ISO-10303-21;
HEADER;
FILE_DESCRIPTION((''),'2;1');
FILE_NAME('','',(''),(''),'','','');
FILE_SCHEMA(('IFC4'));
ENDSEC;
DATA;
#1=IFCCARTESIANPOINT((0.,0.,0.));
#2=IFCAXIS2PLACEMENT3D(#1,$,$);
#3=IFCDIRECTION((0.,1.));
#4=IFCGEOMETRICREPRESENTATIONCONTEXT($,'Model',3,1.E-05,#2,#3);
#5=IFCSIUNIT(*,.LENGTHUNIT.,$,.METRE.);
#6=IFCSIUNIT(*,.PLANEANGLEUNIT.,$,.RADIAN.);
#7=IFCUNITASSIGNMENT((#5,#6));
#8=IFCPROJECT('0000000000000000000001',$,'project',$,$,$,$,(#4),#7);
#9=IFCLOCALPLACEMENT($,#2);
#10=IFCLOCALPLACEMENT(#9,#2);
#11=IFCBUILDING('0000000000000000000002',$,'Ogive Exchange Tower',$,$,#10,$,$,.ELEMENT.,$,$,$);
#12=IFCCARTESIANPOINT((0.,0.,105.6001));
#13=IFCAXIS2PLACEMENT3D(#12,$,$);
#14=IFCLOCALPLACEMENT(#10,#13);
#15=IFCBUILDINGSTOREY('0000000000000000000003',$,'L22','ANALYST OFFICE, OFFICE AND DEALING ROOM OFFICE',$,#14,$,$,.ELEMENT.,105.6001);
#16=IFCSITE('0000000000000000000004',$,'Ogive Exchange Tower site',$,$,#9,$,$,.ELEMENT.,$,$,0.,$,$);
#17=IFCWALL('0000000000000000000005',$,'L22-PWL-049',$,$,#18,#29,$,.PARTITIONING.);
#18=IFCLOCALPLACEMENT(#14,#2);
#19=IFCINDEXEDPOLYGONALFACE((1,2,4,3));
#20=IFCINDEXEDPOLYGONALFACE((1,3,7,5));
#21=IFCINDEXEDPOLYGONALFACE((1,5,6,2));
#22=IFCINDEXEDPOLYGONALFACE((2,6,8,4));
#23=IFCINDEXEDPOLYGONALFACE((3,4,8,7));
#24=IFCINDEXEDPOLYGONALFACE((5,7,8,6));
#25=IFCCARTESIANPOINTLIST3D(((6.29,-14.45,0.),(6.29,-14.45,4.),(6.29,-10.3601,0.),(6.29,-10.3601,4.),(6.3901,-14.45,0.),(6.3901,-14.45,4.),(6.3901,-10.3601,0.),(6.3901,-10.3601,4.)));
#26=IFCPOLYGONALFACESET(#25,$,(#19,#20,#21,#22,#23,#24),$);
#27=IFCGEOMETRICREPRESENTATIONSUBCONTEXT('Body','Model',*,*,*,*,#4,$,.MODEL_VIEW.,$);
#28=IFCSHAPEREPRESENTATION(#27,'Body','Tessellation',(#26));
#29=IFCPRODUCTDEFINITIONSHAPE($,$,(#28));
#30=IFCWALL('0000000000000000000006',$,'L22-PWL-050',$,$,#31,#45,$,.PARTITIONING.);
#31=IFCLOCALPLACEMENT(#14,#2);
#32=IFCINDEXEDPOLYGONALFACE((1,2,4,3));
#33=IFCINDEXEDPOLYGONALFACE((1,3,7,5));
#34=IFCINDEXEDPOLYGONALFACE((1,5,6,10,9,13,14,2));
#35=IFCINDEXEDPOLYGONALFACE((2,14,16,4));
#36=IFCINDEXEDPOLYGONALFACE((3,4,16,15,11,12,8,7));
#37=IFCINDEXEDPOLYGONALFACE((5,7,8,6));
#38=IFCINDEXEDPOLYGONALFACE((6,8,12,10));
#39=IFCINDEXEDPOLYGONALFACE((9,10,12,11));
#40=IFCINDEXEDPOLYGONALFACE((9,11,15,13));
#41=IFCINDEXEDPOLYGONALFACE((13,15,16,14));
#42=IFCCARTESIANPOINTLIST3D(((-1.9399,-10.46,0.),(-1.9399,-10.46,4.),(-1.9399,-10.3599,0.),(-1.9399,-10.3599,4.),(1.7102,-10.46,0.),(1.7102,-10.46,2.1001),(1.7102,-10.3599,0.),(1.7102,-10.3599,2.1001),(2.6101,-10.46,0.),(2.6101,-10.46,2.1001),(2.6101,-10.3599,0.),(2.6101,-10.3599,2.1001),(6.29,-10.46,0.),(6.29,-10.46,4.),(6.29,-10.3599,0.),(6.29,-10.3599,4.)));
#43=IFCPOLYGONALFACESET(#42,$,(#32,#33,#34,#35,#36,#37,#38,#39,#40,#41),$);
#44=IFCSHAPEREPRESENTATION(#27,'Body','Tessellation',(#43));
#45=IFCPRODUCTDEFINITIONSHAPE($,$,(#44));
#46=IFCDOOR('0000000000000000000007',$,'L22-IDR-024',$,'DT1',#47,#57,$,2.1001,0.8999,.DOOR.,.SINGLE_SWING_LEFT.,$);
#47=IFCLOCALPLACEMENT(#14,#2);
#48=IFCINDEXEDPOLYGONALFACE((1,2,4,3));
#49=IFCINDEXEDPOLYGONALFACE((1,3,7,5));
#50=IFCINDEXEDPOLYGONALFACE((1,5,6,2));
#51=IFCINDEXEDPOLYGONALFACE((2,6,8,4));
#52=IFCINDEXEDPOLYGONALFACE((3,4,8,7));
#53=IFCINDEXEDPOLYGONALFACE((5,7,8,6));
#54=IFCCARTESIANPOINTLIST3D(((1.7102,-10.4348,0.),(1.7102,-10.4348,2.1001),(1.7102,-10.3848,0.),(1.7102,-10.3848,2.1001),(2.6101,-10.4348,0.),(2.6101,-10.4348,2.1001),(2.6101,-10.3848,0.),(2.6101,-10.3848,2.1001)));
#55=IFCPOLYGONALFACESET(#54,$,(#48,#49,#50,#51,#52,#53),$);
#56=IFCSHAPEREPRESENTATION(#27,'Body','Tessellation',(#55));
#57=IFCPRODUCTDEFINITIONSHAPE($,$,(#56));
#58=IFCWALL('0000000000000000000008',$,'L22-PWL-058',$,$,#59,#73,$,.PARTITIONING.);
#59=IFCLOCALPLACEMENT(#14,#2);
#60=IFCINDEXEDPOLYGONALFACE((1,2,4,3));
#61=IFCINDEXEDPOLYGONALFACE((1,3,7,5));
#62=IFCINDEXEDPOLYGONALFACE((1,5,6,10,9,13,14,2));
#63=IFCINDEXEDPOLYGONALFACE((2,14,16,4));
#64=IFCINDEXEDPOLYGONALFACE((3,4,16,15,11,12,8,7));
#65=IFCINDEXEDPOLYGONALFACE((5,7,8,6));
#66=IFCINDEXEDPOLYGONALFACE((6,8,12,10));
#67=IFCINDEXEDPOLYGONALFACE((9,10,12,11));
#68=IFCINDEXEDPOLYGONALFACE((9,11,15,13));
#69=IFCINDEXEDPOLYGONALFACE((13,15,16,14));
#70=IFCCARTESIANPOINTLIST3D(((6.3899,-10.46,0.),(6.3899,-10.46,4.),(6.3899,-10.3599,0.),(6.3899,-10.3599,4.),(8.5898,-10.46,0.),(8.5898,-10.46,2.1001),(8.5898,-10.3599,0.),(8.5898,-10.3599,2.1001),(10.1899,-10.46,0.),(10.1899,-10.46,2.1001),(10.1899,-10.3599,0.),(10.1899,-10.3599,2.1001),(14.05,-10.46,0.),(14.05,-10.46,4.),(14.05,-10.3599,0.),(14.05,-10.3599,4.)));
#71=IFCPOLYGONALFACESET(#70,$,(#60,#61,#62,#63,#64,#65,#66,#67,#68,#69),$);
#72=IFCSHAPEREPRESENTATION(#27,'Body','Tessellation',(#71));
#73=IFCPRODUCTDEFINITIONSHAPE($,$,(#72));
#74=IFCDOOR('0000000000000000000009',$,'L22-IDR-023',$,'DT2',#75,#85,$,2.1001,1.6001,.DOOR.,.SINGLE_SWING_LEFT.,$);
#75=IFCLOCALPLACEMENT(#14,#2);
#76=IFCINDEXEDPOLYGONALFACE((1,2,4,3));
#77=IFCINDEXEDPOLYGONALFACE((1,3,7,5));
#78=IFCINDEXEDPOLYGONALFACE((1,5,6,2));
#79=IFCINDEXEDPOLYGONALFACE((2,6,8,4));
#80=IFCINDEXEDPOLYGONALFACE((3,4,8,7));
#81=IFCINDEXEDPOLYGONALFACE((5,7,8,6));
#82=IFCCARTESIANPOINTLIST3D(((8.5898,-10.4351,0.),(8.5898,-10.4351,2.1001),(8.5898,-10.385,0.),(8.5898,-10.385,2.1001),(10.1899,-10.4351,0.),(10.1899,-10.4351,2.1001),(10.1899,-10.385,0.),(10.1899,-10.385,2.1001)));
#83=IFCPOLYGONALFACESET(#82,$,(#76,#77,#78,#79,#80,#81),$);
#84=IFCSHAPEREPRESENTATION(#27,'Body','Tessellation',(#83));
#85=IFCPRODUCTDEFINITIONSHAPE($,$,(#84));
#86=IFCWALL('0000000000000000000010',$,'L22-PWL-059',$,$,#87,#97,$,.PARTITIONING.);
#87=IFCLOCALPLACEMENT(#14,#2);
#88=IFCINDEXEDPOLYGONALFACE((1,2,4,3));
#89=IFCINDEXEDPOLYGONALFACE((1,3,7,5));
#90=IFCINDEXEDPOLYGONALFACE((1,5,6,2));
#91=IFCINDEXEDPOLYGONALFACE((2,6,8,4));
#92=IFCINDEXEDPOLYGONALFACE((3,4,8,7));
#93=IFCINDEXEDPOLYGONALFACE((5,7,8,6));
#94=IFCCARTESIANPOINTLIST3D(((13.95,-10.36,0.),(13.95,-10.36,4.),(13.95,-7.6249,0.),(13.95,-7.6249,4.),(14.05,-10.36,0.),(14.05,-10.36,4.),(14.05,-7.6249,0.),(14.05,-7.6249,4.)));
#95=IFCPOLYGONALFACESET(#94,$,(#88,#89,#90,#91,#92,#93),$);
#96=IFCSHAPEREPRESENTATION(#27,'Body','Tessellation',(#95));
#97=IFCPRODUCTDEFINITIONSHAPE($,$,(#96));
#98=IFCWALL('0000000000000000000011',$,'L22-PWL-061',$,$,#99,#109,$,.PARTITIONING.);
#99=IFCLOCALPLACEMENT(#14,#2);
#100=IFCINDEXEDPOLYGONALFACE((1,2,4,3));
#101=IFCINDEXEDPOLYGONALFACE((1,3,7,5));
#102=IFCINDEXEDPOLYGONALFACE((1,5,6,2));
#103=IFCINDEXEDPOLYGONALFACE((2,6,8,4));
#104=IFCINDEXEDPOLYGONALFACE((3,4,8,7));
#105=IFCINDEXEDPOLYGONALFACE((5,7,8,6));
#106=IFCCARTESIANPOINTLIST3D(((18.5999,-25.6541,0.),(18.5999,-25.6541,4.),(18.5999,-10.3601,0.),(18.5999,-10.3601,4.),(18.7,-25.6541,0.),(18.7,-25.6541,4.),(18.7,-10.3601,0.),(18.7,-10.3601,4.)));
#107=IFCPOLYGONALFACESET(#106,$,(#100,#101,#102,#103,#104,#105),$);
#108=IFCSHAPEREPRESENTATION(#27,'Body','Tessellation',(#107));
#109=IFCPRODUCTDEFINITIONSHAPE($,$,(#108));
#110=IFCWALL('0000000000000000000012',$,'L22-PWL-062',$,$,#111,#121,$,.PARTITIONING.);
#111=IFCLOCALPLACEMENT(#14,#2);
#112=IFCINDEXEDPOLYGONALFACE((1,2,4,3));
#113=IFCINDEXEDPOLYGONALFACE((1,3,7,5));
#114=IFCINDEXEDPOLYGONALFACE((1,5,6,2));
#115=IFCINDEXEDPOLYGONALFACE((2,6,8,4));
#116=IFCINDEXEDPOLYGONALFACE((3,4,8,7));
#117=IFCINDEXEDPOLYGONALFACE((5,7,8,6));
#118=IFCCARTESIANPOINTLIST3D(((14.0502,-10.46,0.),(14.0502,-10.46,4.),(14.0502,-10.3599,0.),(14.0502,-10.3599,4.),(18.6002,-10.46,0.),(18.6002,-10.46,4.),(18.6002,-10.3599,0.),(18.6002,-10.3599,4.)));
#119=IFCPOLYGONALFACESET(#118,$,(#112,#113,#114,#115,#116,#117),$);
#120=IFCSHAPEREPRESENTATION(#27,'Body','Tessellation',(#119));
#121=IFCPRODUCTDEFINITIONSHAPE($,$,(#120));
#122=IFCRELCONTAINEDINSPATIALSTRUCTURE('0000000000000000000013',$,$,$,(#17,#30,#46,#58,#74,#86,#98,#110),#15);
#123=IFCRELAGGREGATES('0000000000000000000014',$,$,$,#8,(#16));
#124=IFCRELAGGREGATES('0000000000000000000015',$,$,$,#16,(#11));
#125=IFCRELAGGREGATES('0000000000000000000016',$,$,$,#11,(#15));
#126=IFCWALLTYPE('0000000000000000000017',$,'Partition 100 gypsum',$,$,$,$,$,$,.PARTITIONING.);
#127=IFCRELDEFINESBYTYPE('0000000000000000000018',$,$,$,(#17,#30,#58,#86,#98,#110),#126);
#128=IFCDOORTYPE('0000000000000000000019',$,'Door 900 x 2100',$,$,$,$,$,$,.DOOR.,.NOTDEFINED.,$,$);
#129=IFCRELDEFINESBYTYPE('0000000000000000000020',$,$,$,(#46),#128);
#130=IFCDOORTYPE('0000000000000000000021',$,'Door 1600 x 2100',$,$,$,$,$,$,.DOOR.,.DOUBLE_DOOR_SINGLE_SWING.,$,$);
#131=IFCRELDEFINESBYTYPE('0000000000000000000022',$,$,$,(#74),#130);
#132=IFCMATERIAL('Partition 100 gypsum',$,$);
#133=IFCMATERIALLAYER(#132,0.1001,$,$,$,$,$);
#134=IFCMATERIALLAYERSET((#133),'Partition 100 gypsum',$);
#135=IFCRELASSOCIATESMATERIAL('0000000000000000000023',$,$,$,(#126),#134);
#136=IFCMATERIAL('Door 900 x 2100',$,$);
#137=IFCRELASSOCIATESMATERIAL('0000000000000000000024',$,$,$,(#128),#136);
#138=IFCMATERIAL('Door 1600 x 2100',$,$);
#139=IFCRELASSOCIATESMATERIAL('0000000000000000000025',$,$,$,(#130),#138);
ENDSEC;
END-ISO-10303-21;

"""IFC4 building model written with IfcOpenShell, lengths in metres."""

from ifc_helpers import new_model, si_unit, direction, frame, frame_2d, origin, place, context, subcontext, project, spatial, rectangle, extrude, material, layer, layer_set, type_object, element, fill, save


model = new_model("IFC4")

# Units and contexts
model_context = context("Model", 3, precision=1e-05, world=origin(), true_north=direction((0.0, 1.0)))
body_context = subcontext(model_context, "Body", "Model", "MODEL_VIEW")
ifc_project = project(units=[si_unit("LENGTHUNIT", "METRE"), si_unit("PLANEANGLEUNIT", "RADIAN")], contexts=[model_context])

# Site, building, storey
site_placement = place(None, origin())
site = spatial("IfcSite", under=ifc_project, at=site_placement, Name="Ogive Exchange Tower site", CompositionType="ELEMENT", RefElevation=0.0)
building_placement = place(site_placement, origin())
building = spatial("IfcBuilding", under=site, at=building_placement, Name="Ogive Exchange Tower", CompositionType="ELEMENT")
storey_placement = place(building_placement, frame((0.0, 0.0, 105.6001)))
storey = spatial("IfcBuildingStorey", under=building, at=storey_placement, Name="L22", Description="ANALYST OFFICE, OFFICE AND DEALING ROOM OFFICE", CompositionType="ELEMENT", Elevation=105.6001)

# Wall
ifc_material_1 = material(Name="Partition 100 gypsum")
ifc_layer_1 = layer(ifc_material_1, 0.1001)
ifc_layer_set_1 = layer_set([ifc_layer_1], Name="Partition 100 gypsum")
wall_type_1 = type_object("IfcWallType", Name="Partition 100 gypsum", PredefinedType="PARTITIONING", material=ifc_layer_set_1)
wall_1_placement = place(storey_placement, frame((6.3401, -14.45, 0.0), z_axis=(0.0, 0.0, 1.0), x_axis=(0.0, 1.0, 0.0)))
element("IfcWall", 1, at=wall_1_placement, inside=storey, type_object=wall_type_1, Name="L22-PWL-049", PredefinedType="PARTITIONING", context=body_context, shape_type="SweptSolid", body=[
    extrude(rectangle(XDim=4.0898, YDim=0.1001, at=frame_2d((2.0449, 0.0))), origin(), (0.0, 0.0, 1.0), 4.0),
])

# Walls, openings, doors
wall_2_placement = place(storey_placement, frame((6.29, -10.4099, 0.0), z_axis=(0.0, 0.0, 1.0), x_axis=(-1.0, 0.0, 0.0)))
wall_2 = element("IfcWall", 2, at=wall_2_placement, inside=storey, type_object=wall_type_1, Name="L22-PWL-050", PredefinedType="PARTITIONING", context=body_context, shape_type="SweptSolid", body=[
    extrude(rectangle(XDim=8.23, YDim=0.1001, at=frame_2d((4.115, 0.0))), origin(), (0.0, 0.0, 1.0), 4.0),
])
opening_1_placement = place(wall_2_placement, frame((3.6799, 0.0, 0.0)))
opening_1 = element("IfcOpeningElement", 3, at=opening_1_placement, cuts=wall_2, PredefinedType="OPENING", context=body_context, shape_type="SweptSolid", body=[
    extrude(rectangle(XDim=0.8999, YDim=2.1001, at=frame_2d((0.45, 1.05))), frame((0.0, 0.0601, 0.0), z_axis=(0.0, -1.0, 0.0), x_axis=(1.0, 0.0, 0.0)), (0.0, 0.0, 1.0), 0.1201),
])
ifc_material_2 = material(Name="Door 900 x 2100")
door_type_1 = type_object("IfcDoorType", Name="Door 900 x 2100", OperationType="NOTDEFINED", PredefinedType="DOOR", material=ifc_material_2)
door_1_placement = place(opening_1_placement, origin())
door_1 = element("IfcDoor", 4, at=door_1_placement, inside=storey, type_object=door_type_1, Name="L22-IDR-024", ObjectType="DT1", OperationType="SINGLE_SWING_LEFT", OverallHeight=2.1001, OverallWidth=0.8999, PredefinedType="DOOR", context=body_context, shape_type="SweptSolid", body=[
    extrude(rectangle(XDim=0.8999, YDim=2.1001, at=frame_2d((0.45, 1.05))), frame((0.0, 0.0249, 0.0), z_axis=(0.0, -1.0, 0.0), x_axis=(1.0, 0.0, 0.0)), (0.0, 0.0, 1.0), 0.05),
])
fill(opening_1, door_1)
wall_3_placement = place(storey_placement, frame((14.05, -10.4099, 0.0), z_axis=(0.0, 0.0, 1.0), x_axis=(-1.0, 0.0, 0.0)))
wall_3 = element("IfcWall", 5, at=wall_3_placement, inside=storey, type_object=wall_type_1, Name="L22-PWL-058", PredefinedType="PARTITIONING", context=body_context, shape_type="SweptSolid", body=[
    extrude(rectangle(XDim=7.6602, YDim=0.1001, at=frame_2d((3.8301, 0.0))), origin(), (0.0, 0.0, 1.0), 4.0),
])
opening_2_placement = place(wall_3_placement, frame((3.8601, 0.0, 0.0)))
opening_2 = element("IfcOpeningElement", 6, at=opening_2_placement, cuts=wall_3, PredefinedType="OPENING", context=body_context, shape_type="SweptSolid", body=[
    extrude(rectangle(XDim=1.6001, YDim=2.1001, at=frame_2d((0.8, 1.05))), frame((0.0, 0.0601, 0.0), z_axis=(0.0, -1.0, 0.0), x_axis=(1.0, 0.0, 0.0)), (0.0, 0.0, 1.0), 0.1201),
])
ifc_material_3 = material(Name="Door 1600 x 2100")
door_type_2 = type_object("IfcDoorType", Name="Door 1600 x 2100", OperationType="DOUBLE_DOOR_SINGLE_SWING", PredefinedType="DOOR", material=ifc_material_3)
door_2_placement = place(opening_2_placement, frame((1.6001, 0.0, 0.0), z_axis=(0.0, 0.0, 1.0), x_axis=(-1.0, 0.0, 0.0)))
door_2 = element("IfcDoor", 7, at=door_2_placement, inside=storey, type_object=door_type_2, Name="L22-IDR-023", ObjectType="DT2", OperationType="SINGLE_SWING_LEFT", OverallHeight=2.1001, OverallWidth=1.6001, PredefinedType="DOOR", context=body_context, shape_type="SweptSolid", body=[
    extrude(rectangle(XDim=1.6001, YDim=2.1001, at=frame_2d((0.8, 1.05))), frame((0.0, 0.0249, 0.0), z_axis=(0.0, -1.0, 0.0), x_axis=(1.0, 0.0, 0.0)), (0.0, 0.0, 1.0), 0.05),
])
fill(opening_2, door_2)

# Walls
wall_4_placement = place(storey_placement, frame((14.0, -10.3601, 0.0), z_axis=(0.0, 0.0, 1.0), x_axis=(0.0, 1.0, 0.0)))
element("IfcWall", 8, at=wall_4_placement, inside=storey, type_object=wall_type_1, Name="L22-PWL-059", PredefinedType="PARTITIONING", context=body_context, shape_type="SweptSolid", body=[
    extrude(rectangle(XDim=2.7351, YDim=0.1001, at=frame_2d((1.3677, 0.0))), origin(), (0.0, 0.0, 1.0), 4.0),
])
wall_5_placement = place(storey_placement, frame((18.6499, -25.6541, 0.0), z_axis=(0.0, 0.0, 1.0), x_axis=(0.0, 1.0, 0.0)))
element("IfcWall", 9, at=wall_5_placement, inside=storey, type_object=wall_type_1, Name="L22-PWL-061", PredefinedType="PARTITIONING", context=body_context, shape_type="SweptSolid", body=[
    extrude(rectangle(XDim=15.2939, YDim=0.1001, at=frame_2d((7.647, 0.0))), origin(), (0.0, 0.0, 1.0), 4.0),
])
wall_6_placement = place(storey_placement, frame((18.6001, -10.4099, 0.0), z_axis=(0.0, 0.0, 1.0), x_axis=(-1.0, 0.0, 0.0)))
element("IfcWall", 10, at=wall_6_placement, inside=storey, type_object=wall_type_1, Name="L22-PWL-062", PredefinedType="PARTITIONING", context=body_context, shape_type="SweptSolid", body=[
    extrude(rectangle(XDim=4.55, YDim=0.1001, at=frame_2d((2.2749, 0.0))), origin(), (0.0, 0.0, 1.0), 4.0),
])

save(model, "model.ifc")
